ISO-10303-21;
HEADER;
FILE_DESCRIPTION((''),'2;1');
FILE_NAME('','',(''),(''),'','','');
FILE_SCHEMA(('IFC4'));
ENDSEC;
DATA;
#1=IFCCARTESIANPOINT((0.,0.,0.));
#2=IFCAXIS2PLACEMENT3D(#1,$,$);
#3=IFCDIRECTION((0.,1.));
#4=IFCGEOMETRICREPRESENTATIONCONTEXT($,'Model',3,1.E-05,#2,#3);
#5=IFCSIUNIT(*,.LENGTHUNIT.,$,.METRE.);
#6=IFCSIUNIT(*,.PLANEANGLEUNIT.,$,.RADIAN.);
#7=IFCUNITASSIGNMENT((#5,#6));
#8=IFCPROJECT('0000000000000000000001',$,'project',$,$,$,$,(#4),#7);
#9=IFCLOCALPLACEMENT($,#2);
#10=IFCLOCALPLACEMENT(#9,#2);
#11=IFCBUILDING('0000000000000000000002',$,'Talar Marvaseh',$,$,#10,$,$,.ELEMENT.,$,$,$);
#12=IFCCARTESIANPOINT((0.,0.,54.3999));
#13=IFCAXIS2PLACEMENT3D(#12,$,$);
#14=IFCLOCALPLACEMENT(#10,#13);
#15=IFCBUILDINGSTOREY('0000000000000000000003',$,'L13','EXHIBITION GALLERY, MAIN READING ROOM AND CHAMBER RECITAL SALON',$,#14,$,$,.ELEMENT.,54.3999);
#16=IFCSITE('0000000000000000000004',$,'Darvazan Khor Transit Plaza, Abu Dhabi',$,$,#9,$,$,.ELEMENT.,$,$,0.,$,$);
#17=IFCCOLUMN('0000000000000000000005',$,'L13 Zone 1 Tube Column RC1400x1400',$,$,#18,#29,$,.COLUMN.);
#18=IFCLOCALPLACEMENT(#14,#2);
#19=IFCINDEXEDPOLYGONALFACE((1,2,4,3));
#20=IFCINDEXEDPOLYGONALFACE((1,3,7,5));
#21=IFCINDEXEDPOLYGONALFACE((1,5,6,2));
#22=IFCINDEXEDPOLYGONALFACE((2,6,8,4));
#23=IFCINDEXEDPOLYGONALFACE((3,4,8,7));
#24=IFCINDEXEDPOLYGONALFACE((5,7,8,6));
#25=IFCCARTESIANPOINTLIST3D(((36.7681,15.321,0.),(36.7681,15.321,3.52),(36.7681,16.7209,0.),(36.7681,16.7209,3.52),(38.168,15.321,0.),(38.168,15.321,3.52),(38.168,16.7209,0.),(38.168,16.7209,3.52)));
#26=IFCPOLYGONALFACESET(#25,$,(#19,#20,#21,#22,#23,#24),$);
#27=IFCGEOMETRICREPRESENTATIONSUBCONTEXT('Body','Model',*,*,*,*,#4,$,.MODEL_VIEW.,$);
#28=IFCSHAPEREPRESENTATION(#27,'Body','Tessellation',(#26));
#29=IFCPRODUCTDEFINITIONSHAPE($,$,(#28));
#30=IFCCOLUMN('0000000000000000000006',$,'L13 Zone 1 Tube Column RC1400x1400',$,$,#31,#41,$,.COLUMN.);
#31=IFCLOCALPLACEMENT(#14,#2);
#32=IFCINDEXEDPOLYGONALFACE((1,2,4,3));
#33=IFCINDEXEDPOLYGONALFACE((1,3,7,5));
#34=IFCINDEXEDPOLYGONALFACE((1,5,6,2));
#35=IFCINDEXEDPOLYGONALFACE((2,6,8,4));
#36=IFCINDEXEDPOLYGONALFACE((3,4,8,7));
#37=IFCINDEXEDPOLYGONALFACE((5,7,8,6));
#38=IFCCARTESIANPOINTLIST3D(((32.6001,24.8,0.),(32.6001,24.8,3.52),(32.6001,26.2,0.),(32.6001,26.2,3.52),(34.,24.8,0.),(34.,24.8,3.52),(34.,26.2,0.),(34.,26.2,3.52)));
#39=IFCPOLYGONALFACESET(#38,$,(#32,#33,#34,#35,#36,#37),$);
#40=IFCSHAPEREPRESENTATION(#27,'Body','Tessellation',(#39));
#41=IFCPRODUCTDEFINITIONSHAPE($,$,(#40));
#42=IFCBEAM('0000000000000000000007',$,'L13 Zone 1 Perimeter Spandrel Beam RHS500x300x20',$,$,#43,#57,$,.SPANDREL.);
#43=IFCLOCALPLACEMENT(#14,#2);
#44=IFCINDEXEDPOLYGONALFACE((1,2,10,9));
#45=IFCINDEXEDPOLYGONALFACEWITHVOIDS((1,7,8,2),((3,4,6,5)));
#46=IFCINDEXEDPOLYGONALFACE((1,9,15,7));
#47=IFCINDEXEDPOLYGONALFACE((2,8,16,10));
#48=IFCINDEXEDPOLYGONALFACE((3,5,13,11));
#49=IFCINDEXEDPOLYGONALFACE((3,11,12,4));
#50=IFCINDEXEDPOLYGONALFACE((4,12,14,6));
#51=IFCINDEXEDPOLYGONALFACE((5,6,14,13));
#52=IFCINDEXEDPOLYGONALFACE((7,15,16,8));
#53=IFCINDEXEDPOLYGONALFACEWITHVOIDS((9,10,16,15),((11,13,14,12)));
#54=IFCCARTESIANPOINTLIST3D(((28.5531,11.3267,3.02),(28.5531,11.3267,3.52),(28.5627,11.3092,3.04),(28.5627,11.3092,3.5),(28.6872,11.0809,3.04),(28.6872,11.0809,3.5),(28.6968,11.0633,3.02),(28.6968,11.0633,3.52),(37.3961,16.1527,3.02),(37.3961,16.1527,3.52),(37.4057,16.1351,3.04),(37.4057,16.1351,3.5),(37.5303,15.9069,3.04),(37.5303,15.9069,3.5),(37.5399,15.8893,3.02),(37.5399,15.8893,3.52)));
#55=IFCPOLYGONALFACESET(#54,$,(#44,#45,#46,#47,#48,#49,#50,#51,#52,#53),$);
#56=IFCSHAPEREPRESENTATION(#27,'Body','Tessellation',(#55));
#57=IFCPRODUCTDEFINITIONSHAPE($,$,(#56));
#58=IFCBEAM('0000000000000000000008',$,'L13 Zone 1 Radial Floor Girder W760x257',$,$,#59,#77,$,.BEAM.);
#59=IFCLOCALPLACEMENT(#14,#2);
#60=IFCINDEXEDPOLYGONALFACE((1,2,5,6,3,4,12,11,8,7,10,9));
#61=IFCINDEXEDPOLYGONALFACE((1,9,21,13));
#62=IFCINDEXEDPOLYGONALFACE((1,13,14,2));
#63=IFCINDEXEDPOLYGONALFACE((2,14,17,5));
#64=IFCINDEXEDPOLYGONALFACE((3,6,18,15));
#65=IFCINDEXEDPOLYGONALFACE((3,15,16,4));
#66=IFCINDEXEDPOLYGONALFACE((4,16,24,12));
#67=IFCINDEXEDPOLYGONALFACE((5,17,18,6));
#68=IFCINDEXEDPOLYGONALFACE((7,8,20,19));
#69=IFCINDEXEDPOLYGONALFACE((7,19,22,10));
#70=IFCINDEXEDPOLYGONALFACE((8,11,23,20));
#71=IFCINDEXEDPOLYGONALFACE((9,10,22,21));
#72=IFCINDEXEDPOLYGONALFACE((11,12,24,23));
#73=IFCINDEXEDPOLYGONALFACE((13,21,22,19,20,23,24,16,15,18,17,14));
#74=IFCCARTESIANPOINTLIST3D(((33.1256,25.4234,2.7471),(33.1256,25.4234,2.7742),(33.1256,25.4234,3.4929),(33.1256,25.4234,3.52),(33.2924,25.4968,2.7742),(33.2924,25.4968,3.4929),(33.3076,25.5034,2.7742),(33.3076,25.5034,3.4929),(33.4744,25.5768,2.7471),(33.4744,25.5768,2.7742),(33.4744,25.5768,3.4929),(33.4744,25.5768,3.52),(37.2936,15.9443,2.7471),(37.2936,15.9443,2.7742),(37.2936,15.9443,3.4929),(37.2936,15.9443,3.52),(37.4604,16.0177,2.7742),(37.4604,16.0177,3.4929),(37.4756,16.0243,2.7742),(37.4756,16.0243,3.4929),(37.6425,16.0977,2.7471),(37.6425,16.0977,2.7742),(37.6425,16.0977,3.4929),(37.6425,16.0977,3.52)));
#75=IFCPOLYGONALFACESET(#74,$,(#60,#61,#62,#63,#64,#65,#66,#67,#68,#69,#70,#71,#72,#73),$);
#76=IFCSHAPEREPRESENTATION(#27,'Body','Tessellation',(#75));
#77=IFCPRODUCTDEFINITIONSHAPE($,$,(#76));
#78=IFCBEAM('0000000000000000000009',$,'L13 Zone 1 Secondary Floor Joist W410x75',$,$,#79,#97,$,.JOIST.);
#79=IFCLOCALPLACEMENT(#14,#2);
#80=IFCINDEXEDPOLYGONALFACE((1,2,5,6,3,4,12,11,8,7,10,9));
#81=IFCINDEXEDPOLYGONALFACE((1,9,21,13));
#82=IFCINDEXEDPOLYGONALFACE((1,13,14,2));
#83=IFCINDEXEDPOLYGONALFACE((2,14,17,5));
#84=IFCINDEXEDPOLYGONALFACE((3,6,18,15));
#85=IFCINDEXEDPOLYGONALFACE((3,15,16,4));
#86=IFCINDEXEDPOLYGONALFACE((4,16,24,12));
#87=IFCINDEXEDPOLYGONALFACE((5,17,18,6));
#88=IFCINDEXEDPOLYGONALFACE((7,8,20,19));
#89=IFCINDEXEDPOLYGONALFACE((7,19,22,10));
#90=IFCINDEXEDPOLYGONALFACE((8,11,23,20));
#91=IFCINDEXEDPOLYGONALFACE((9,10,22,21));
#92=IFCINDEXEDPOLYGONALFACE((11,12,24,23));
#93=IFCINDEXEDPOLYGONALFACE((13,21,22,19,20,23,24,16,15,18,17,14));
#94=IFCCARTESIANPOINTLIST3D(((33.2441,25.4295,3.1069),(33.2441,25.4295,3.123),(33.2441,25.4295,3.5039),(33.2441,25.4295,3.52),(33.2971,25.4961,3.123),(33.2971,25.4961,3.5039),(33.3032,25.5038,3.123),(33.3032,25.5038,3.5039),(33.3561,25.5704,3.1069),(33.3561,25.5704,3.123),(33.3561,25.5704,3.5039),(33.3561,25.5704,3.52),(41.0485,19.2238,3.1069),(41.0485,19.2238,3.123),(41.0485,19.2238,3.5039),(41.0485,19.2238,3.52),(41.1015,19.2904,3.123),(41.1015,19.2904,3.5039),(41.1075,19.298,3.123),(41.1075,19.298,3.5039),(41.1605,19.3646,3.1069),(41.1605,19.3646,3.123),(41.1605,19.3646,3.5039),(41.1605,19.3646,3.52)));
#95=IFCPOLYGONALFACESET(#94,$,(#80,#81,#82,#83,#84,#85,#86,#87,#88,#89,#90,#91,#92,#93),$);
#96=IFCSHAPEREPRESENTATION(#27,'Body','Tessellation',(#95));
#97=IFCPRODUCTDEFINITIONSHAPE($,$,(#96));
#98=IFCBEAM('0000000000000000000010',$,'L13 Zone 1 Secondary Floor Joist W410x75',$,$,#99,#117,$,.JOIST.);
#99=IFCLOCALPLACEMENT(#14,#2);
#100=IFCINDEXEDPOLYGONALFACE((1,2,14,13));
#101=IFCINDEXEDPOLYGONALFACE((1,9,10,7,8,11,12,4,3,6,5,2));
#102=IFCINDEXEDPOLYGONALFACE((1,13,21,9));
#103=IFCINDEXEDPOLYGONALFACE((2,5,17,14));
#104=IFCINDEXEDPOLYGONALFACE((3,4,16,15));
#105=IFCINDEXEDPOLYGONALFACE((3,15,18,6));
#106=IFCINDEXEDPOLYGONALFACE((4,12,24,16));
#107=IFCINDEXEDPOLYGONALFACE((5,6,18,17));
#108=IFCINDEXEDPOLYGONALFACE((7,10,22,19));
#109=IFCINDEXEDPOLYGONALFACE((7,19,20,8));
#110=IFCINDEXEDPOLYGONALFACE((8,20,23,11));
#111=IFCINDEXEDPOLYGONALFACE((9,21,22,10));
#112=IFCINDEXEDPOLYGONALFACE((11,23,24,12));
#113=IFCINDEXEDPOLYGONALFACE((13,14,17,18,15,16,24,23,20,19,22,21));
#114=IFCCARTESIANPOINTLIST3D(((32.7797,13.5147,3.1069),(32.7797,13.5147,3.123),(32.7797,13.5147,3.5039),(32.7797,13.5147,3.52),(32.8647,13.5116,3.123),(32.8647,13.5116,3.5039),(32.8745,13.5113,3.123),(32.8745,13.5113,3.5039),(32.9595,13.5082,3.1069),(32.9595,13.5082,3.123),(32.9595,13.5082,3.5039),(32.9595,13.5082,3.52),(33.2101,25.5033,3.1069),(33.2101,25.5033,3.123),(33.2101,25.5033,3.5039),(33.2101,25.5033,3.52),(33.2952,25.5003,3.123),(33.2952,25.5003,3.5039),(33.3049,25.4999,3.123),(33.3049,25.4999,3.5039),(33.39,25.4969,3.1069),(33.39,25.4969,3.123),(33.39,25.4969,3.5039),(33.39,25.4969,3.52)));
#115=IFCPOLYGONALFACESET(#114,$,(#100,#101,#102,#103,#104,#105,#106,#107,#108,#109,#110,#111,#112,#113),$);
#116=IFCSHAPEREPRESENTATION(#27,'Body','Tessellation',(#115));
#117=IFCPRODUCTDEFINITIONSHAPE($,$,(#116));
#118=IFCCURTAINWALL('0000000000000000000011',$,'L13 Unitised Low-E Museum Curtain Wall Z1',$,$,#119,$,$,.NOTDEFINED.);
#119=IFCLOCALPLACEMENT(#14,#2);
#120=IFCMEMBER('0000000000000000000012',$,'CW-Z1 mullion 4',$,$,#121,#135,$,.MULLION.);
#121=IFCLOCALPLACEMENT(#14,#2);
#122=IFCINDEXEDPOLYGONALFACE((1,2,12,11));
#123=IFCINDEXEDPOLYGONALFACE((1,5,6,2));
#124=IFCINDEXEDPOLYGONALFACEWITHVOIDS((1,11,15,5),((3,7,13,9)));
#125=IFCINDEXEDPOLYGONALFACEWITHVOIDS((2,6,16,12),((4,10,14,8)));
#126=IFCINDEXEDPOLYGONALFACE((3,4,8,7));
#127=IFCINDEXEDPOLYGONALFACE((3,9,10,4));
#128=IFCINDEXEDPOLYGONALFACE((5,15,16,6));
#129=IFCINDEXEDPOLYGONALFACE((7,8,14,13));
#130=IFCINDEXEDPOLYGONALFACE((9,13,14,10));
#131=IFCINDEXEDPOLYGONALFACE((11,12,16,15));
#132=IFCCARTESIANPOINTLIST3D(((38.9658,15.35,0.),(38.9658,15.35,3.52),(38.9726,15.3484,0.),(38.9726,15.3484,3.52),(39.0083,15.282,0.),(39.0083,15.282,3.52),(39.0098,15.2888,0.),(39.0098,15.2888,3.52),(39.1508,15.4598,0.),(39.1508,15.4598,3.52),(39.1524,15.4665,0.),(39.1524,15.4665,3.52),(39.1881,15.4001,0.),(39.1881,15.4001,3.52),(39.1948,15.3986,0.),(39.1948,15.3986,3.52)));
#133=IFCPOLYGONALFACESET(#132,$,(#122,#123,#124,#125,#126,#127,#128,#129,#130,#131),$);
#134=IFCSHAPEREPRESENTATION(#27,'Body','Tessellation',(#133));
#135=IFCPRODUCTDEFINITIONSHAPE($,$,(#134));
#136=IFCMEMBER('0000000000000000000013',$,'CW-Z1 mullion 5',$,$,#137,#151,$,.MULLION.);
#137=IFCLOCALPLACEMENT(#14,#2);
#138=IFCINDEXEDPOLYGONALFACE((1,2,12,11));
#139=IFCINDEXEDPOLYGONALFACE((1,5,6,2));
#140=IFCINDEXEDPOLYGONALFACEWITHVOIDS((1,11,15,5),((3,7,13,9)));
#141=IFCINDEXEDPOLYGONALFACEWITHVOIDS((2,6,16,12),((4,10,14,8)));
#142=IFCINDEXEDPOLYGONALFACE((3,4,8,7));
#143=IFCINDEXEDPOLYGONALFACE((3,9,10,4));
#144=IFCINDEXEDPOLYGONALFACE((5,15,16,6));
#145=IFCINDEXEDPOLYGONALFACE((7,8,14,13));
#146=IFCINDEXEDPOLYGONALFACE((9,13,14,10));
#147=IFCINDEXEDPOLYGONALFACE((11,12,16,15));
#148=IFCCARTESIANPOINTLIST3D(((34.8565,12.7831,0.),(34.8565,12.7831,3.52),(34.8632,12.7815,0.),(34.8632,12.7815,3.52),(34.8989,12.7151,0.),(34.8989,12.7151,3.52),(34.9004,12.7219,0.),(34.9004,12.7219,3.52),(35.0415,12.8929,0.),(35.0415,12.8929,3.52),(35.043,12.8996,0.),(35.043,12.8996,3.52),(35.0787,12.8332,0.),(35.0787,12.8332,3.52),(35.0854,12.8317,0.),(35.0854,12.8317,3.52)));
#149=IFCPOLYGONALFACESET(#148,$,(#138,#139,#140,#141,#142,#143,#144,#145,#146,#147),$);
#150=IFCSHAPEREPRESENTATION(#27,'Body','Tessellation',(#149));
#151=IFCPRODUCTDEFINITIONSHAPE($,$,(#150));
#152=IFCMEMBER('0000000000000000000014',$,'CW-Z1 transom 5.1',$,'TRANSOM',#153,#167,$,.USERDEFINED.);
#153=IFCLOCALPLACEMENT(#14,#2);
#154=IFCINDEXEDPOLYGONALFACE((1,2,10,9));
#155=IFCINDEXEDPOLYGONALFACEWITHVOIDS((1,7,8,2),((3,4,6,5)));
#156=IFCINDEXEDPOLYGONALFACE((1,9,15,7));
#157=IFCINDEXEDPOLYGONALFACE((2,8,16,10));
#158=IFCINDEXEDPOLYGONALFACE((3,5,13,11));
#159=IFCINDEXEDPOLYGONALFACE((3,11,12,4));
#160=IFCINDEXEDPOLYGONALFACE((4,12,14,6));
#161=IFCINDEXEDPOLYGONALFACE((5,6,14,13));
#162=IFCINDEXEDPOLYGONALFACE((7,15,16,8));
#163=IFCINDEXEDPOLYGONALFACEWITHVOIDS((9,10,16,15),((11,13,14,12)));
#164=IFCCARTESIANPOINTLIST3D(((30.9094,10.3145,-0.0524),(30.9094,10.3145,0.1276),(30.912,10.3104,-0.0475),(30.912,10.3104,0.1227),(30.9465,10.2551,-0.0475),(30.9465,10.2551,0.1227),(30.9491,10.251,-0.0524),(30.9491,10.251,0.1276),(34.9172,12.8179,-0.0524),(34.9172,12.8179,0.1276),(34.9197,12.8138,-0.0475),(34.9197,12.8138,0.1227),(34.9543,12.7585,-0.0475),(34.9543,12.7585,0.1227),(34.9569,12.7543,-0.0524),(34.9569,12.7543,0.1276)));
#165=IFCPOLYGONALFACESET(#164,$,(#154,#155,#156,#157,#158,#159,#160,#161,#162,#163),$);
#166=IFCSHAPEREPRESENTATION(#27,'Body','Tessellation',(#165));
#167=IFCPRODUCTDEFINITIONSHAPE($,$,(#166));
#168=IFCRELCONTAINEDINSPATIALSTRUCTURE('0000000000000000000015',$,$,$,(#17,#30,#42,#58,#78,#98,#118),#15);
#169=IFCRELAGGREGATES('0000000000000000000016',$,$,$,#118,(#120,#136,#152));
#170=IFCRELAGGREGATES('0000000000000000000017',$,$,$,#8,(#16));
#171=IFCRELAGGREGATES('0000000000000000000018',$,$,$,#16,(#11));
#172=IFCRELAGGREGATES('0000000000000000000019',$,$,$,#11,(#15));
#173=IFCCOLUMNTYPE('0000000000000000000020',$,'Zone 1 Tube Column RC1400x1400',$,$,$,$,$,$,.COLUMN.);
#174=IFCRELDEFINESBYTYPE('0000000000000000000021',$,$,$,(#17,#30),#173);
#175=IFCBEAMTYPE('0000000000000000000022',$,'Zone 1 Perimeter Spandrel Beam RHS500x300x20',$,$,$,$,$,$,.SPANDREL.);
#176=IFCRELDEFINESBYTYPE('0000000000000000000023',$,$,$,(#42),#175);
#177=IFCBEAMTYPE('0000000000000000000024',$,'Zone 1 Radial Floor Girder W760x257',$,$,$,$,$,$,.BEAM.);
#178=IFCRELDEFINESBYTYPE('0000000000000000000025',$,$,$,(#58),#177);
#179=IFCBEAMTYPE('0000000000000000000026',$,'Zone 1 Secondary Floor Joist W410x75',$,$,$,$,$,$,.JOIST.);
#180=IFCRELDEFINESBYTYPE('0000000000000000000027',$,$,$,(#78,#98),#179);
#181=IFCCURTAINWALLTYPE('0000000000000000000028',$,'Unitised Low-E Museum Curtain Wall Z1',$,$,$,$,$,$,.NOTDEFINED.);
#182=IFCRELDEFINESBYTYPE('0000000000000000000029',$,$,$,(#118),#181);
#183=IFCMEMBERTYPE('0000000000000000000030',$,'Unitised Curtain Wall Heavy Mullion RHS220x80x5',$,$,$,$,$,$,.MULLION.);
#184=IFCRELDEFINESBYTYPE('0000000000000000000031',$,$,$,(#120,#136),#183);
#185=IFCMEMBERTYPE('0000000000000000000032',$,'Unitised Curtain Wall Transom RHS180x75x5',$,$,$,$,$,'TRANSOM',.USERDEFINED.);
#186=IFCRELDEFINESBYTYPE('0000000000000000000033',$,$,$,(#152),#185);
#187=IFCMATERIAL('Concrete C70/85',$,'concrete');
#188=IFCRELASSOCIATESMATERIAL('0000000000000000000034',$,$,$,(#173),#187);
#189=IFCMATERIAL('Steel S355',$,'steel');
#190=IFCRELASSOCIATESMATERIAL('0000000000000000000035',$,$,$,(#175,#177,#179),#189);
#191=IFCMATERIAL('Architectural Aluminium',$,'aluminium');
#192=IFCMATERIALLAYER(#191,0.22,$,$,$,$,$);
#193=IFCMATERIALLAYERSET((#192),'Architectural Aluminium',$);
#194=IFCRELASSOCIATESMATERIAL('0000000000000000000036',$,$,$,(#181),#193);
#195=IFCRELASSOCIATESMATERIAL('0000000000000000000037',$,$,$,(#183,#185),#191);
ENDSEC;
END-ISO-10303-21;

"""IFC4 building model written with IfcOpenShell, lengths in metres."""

from ifc_helpers import new_model, si_unit, direction, frame, origin, origin_2d, place, context, subcontext, project, spatial, rectangle, hollow_rectangle, i_section, extrude, source, transform, mapped, material, layer, layer_set, material_profile, profile_set, type_object, type_shapes, element, aggregate, save


model = new_model("IFC4")

# Units and contexts
model_context = context("Model", 3, precision=1e-05, world=origin(), true_north=direction((0.0, 1.0)))
body_context = subcontext(model_context, "Body", "Model", "MODEL_VIEW")
ifc_project = project(units=[si_unit("LENGTHUNIT", "METRE"), si_unit("PLANEANGLEUNIT", "RADIAN")], contexts=[model_context])

# Site, building, storey
site_placement = place(None, origin())
site = spatial("IfcSite", under=ifc_project, at=site_placement, Name="Darvazan Khor Transit Plaza, Abu Dhabi", CompositionType="ELEMENT", RefElevation=0.0)
building_placement = place(site_placement, origin())
building = spatial("IfcBuilding", under=site, at=building_placement, Name="Talar Marvaseh", CompositionType="ELEMENT")
storey_placement = place(building_placement, frame((0.0, 0.0, 54.3999)))
storey = spatial("IfcBuildingStorey", under=building, at=storey_placement, Name="L13", Description="EXHIBITION GALLERY, MAIN READING ROOM AND CHAMBER RECITAL SALON", CompositionType="ELEMENT", Elevation=54.3999)

# Columns
ifc_material_1 = material(Name="Concrete C70/85", Category="concrete")
ifc_material_profile_1 = material_profile(ifc_material_1, rectangle(XDim=1.3999, YDim=1.3999, at=origin_2d()), Name="RC1400x1400")
ifc_profile_set_1 = profile_set([ifc_material_profile_1], Name="Concrete C70/85")
column_type = type_object("IfcColumnType", Name="Zone 1 Tube Column RC1400x1400", PredefinedType="COLUMN", material=ifc_profile_set_1)
for number, where, z_axis, x_axis, name in (
    (1, (37.468, 16.021, 0.0), (0.0, 0.0, 1.0), (1.0, 0.0, 0.0), "L13 Zone 1 Tube Column RC1400x1400"),
    (2, (33.3, 25.5, 0.0), (0.0, 0.0, 1.0), (1.0, 0.0, 0.0), "L13 Zone 1 Tube Column RC1400x1400"),
):
    element("IfcColumn", number, at=place(storey_placement, frame(where, z_axis=z_axis, x_axis=x_axis)), inside=storey, type_object=column_type, Name=name, PredefinedType="COLUMN", context=body_context, shape_type="SweptSolid", body=[
        extrude(rectangle(XDim=1.3999, YDim=1.3999, at=origin_2d()), origin(), (0.0, 0.0, 1.0), 3.52),
    ])

# Beams
ifc_material_2 = material(Name="Steel S355", Category="steel")
ifc_material_profile_2 = material_profile(ifc_material_2, hollow_rectangle(XDim=0.3, YDim=0.5, WallThickness=0.02, at=origin_2d()), Name="RHS500x300x20")
ifc_profile_set_2 = profile_set([ifc_material_profile_2], Name="Steel S355")
beam_type_1 = type_object("IfcBeamType", Name="Zone 1 Perimeter Spandrel Beam RHS500x300x20", PredefinedType="SPANDREL", material=ifc_profile_set_2)
beam_1_placement = place(storey_placement, frame((37.468, 16.021, 3.27), z_axis=(-0.877793, -0.479041, 0.0), x_axis=(0.479041, -0.877793, 0.0)))
element("IfcBeam", 3, at=beam_1_placement, inside=storey, type_object=beam_type_1, Name="L13 Zone 1 Perimeter Spandrel Beam RHS500x300x20", PredefinedType="SPANDREL", context=body_context, shape_type="SweptSolid", body=[
    extrude(hollow_rectangle(XDim=0.3, YDim=0.5, WallThickness=0.02, at=origin_2d()), origin(), (0.0, 0.0, 1.0), 10.0742),
])
ifc_material_profile_3 = material_profile(ifc_material_2, i_section(OverallWidth=0.3811, OverallDepth=0.7729, WebThickness=0.0166, FlangeThickness=0.0271, at=origin_2d()), Name="W760x257")
ifc_profile_set_3 = profile_set([ifc_material_profile_3], Name="Steel S355")
beam_type_2 = type_object("IfcBeamType", Name="Zone 1 Radial Floor Girder W760x257", PredefinedType="BEAM", material=ifc_profile_set_3)
beam_2_placement = place(storey_placement, frame((37.468, 16.021, 3.1335), z_axis=(-0.402513, 0.915414, 0.0), x_axis=(-0.915414, -0.402513, 0.0)))
element("IfcBeam", 4, at=beam_2_placement, inside=storey, type_object=beam_type_2, Name="L13 Zone 1 Radial Floor Girder W760x257", PredefinedType="BEAM", context=body_context, shape_type="SweptSolid", body=[
    extrude(i_section(OverallWidth=0.3811, OverallDepth=0.7729, WebThickness=0.0166, FlangeThickness=0.0271, at=origin_2d()), origin(), (0.0, 0.0, 1.0), 10.355),
])
ifc_material_profile_4 = material_profile(ifc_material_2, i_section(OverallWidth=0.1799, OverallDepth=0.4131, WebThickness=0.0098, FlangeThickness=0.0161, at=origin_2d()), Name="W410x75")
ifc_profile_set_4 = profile_set([ifc_material_profile_4], Name="Steel S355")
beam_type_3 = type_object("IfcBeamType", Name="Zone 1 Secondary Floor Joist W410x75", PredefinedType="JOIST", material=ifc_profile_set_4)
beam_3_placement = place(storey_placement, frame((41.1045, 19.2942, 3.3135), z_axis=(-0.782712, 0.622384, 0.0), x_axis=(-0.622384, -0.782712, 0.0)))
element("IfcBeam", 5, at=beam_3_placement, inside=storey, type_object=beam_type_3, Name="L13 Zone 1 Secondary Floor Joist W410x75", PredefinedType="JOIST", context=body_context, shape_type="SweptSolid", body=[
    extrude(i_section(OverallWidth=0.1799, OverallDepth=0.4131, WebThickness=0.0098, FlangeThickness=0.0161, at=origin_2d()), origin(), (0.0, 0.0, 1.0), 9.9709),
])
beam_4_placement = place(storey_placement, frame((32.8696, 13.5115, 3.3135), z_axis=(0.03588, 0.999356, 0.0), x_axis=(-0.999356, 0.03588, 0.0)))
element("IfcBeam", 6, at=beam_4_placement, inside=storey, type_object=beam_type_3, Name="L13 Zone 1 Secondary Floor Joist W410x75", PredefinedType="JOIST", context=body_context, shape_type="SweptSolid", body=[
    extrude(i_section(OverallWidth=0.1799, OverallDepth=0.4131, WebThickness=0.0098, FlangeThickness=0.0161, at=origin_2d()), origin(), (0.0, 0.0, 1.0), 11.9963),
])

# Curtain wall, members
ifc_material_3 = material(Name="Architectural Aluminium", Category="aluminium")
ifc_layer_1 = layer(ifc_material_3, 0.22)
ifc_layer_set_1 = layer_set([ifc_layer_1], Name="Architectural Aluminium")
curtain_wall_type = type_object("IfcCurtainWallType", Name="Unitised Low-E Museum Curtain Wall Z1", PredefinedType="NOTDEFINED", material=ifc_layer_set_1)
curtain_wall_placement = place(storey_placement, origin())
curtain_wall = element("IfcCurtainWall", 7, at=curtain_wall_placement, inside=storey, type_object=curtain_wall_type, Name="L13 Unitised Low-E Museum Curtain Wall Z1", PredefinedType="NOTDEFINED")
ifc_material_profile_5 = material_profile(ifc_material_3, hollow_rectangle(XDim=0.0801, YDim=0.22, WallThickness=0.0049, at=origin_2d()), Name="RHS220x80x5")
ifc_profile_set_5 = profile_set([ifc_material_profile_5], Name="Architectural Aluminium")
member_type_1 = type_object("IfcMemberType", Name="Unitised Curtain Wall Heavy Mullion RHS220x80x5", PredefinedType="MULLION", material=ifc_profile_set_5)
shared_shape_1 = source(origin(), body_context, "Body", "SweptSolid", [
    extrude(hollow_rectangle(XDim=0.0801, YDim=0.22, WallThickness=0.0049, at=origin_2d()), origin(), (0.0, 0.0, 1.0), 3.52),
])
type_shapes(member_type_1, [shared_shape_1])
member_1_placement = place(storey_placement, frame((39.0803, 15.3743, 0.0), z_axis=(0.0, 0.0, 1.0), x_axis=(0.529787, -0.84813, 0.0)))
member_1 = element("IfcMember", 8, at=member_1_placement, type_object=member_type_1, Name="CW-Z1 mullion 4", PredefinedType="MULLION", context=body_context, shape_type="MappedRepresentation", body=[
    mapped(shared_shape_1, transform((0.0, 0.0, 0.0), x_axis=(1.0, 0.0, 0.0), y_axis=(0.0, 1.0, 0.0), z_axis=(0.0, 0.0, 1.0), scale=1.0)),
])
member_2_placement = place(storey_placement, frame((34.9709, 12.8074, 0.0), z_axis=(0.0, 0.0, 1.0), x_axis=(0.529787, -0.84813, 0.0)))
member_2 = element("IfcMember", 9, at=member_2_placement, type_object=member_type_1, Name="CW-Z1 mullion 5", PredefinedType="MULLION", context=body_context, shape_type="MappedRepresentation", body=[
    mapped(shared_shape_1, transform((0.0, 0.0, 0.0), x_axis=(1.0, 0.0, 0.0), y_axis=(0.0, 1.0, 0.0), z_axis=(0.0, 0.0, 1.0), scale=1.0)),
])
ifc_material_profile_6 = material_profile(ifc_material_3, hollow_rectangle(XDim=0.075, YDim=0.1799, WallThickness=0.0049, at=origin_2d()), Name="RHS180x75x5")
ifc_profile_set_6 = profile_set([ifc_material_profile_6], Name="Architectural Aluminium")
member_type_2 = type_object("IfcMemberType", Name="Unitised Curtain Wall Transom RHS180x75x5", ElementType="TRANSOM", PredefinedType="USERDEFINED", material=ifc_profile_set_6)
shared_shape_2 = source(origin(), body_context, "Body", "SweptSolid", [
    extrude(hollow_rectangle(XDim=0.075, YDim=0.1799, WallThickness=0.0049, at=origin_2d()), origin(), (0.0, 0.0, 1.0), 4.7253),
])
member_3_placement = place(storey_placement, frame((34.937, 12.7861, 0.0376), z_axis=(-0.848138, -0.529776, 0.0), x_axis=(0.529776, -0.848138, 0.0)))
member_3 = element("IfcMember", 10, at=member_3_placement, type_object=member_type_2, Name="CW-Z1 transom 5.1", ObjectType="TRANSOM", PredefinedType="USERDEFINED", context=body_context, shape_type="MappedRepresentation", body=[
    mapped(shared_shape_2, transform((0.0, 0.0, 0.0), x_axis=(1.0, 0.0, 0.0), y_axis=(0.0, 1.0, 0.0), z_axis=(0.0, 0.0, 1.0), scale=1.0)),
])
aggregate(curtain_wall, [member_1, member_2, member_3])

save(model, "model.ifc")
